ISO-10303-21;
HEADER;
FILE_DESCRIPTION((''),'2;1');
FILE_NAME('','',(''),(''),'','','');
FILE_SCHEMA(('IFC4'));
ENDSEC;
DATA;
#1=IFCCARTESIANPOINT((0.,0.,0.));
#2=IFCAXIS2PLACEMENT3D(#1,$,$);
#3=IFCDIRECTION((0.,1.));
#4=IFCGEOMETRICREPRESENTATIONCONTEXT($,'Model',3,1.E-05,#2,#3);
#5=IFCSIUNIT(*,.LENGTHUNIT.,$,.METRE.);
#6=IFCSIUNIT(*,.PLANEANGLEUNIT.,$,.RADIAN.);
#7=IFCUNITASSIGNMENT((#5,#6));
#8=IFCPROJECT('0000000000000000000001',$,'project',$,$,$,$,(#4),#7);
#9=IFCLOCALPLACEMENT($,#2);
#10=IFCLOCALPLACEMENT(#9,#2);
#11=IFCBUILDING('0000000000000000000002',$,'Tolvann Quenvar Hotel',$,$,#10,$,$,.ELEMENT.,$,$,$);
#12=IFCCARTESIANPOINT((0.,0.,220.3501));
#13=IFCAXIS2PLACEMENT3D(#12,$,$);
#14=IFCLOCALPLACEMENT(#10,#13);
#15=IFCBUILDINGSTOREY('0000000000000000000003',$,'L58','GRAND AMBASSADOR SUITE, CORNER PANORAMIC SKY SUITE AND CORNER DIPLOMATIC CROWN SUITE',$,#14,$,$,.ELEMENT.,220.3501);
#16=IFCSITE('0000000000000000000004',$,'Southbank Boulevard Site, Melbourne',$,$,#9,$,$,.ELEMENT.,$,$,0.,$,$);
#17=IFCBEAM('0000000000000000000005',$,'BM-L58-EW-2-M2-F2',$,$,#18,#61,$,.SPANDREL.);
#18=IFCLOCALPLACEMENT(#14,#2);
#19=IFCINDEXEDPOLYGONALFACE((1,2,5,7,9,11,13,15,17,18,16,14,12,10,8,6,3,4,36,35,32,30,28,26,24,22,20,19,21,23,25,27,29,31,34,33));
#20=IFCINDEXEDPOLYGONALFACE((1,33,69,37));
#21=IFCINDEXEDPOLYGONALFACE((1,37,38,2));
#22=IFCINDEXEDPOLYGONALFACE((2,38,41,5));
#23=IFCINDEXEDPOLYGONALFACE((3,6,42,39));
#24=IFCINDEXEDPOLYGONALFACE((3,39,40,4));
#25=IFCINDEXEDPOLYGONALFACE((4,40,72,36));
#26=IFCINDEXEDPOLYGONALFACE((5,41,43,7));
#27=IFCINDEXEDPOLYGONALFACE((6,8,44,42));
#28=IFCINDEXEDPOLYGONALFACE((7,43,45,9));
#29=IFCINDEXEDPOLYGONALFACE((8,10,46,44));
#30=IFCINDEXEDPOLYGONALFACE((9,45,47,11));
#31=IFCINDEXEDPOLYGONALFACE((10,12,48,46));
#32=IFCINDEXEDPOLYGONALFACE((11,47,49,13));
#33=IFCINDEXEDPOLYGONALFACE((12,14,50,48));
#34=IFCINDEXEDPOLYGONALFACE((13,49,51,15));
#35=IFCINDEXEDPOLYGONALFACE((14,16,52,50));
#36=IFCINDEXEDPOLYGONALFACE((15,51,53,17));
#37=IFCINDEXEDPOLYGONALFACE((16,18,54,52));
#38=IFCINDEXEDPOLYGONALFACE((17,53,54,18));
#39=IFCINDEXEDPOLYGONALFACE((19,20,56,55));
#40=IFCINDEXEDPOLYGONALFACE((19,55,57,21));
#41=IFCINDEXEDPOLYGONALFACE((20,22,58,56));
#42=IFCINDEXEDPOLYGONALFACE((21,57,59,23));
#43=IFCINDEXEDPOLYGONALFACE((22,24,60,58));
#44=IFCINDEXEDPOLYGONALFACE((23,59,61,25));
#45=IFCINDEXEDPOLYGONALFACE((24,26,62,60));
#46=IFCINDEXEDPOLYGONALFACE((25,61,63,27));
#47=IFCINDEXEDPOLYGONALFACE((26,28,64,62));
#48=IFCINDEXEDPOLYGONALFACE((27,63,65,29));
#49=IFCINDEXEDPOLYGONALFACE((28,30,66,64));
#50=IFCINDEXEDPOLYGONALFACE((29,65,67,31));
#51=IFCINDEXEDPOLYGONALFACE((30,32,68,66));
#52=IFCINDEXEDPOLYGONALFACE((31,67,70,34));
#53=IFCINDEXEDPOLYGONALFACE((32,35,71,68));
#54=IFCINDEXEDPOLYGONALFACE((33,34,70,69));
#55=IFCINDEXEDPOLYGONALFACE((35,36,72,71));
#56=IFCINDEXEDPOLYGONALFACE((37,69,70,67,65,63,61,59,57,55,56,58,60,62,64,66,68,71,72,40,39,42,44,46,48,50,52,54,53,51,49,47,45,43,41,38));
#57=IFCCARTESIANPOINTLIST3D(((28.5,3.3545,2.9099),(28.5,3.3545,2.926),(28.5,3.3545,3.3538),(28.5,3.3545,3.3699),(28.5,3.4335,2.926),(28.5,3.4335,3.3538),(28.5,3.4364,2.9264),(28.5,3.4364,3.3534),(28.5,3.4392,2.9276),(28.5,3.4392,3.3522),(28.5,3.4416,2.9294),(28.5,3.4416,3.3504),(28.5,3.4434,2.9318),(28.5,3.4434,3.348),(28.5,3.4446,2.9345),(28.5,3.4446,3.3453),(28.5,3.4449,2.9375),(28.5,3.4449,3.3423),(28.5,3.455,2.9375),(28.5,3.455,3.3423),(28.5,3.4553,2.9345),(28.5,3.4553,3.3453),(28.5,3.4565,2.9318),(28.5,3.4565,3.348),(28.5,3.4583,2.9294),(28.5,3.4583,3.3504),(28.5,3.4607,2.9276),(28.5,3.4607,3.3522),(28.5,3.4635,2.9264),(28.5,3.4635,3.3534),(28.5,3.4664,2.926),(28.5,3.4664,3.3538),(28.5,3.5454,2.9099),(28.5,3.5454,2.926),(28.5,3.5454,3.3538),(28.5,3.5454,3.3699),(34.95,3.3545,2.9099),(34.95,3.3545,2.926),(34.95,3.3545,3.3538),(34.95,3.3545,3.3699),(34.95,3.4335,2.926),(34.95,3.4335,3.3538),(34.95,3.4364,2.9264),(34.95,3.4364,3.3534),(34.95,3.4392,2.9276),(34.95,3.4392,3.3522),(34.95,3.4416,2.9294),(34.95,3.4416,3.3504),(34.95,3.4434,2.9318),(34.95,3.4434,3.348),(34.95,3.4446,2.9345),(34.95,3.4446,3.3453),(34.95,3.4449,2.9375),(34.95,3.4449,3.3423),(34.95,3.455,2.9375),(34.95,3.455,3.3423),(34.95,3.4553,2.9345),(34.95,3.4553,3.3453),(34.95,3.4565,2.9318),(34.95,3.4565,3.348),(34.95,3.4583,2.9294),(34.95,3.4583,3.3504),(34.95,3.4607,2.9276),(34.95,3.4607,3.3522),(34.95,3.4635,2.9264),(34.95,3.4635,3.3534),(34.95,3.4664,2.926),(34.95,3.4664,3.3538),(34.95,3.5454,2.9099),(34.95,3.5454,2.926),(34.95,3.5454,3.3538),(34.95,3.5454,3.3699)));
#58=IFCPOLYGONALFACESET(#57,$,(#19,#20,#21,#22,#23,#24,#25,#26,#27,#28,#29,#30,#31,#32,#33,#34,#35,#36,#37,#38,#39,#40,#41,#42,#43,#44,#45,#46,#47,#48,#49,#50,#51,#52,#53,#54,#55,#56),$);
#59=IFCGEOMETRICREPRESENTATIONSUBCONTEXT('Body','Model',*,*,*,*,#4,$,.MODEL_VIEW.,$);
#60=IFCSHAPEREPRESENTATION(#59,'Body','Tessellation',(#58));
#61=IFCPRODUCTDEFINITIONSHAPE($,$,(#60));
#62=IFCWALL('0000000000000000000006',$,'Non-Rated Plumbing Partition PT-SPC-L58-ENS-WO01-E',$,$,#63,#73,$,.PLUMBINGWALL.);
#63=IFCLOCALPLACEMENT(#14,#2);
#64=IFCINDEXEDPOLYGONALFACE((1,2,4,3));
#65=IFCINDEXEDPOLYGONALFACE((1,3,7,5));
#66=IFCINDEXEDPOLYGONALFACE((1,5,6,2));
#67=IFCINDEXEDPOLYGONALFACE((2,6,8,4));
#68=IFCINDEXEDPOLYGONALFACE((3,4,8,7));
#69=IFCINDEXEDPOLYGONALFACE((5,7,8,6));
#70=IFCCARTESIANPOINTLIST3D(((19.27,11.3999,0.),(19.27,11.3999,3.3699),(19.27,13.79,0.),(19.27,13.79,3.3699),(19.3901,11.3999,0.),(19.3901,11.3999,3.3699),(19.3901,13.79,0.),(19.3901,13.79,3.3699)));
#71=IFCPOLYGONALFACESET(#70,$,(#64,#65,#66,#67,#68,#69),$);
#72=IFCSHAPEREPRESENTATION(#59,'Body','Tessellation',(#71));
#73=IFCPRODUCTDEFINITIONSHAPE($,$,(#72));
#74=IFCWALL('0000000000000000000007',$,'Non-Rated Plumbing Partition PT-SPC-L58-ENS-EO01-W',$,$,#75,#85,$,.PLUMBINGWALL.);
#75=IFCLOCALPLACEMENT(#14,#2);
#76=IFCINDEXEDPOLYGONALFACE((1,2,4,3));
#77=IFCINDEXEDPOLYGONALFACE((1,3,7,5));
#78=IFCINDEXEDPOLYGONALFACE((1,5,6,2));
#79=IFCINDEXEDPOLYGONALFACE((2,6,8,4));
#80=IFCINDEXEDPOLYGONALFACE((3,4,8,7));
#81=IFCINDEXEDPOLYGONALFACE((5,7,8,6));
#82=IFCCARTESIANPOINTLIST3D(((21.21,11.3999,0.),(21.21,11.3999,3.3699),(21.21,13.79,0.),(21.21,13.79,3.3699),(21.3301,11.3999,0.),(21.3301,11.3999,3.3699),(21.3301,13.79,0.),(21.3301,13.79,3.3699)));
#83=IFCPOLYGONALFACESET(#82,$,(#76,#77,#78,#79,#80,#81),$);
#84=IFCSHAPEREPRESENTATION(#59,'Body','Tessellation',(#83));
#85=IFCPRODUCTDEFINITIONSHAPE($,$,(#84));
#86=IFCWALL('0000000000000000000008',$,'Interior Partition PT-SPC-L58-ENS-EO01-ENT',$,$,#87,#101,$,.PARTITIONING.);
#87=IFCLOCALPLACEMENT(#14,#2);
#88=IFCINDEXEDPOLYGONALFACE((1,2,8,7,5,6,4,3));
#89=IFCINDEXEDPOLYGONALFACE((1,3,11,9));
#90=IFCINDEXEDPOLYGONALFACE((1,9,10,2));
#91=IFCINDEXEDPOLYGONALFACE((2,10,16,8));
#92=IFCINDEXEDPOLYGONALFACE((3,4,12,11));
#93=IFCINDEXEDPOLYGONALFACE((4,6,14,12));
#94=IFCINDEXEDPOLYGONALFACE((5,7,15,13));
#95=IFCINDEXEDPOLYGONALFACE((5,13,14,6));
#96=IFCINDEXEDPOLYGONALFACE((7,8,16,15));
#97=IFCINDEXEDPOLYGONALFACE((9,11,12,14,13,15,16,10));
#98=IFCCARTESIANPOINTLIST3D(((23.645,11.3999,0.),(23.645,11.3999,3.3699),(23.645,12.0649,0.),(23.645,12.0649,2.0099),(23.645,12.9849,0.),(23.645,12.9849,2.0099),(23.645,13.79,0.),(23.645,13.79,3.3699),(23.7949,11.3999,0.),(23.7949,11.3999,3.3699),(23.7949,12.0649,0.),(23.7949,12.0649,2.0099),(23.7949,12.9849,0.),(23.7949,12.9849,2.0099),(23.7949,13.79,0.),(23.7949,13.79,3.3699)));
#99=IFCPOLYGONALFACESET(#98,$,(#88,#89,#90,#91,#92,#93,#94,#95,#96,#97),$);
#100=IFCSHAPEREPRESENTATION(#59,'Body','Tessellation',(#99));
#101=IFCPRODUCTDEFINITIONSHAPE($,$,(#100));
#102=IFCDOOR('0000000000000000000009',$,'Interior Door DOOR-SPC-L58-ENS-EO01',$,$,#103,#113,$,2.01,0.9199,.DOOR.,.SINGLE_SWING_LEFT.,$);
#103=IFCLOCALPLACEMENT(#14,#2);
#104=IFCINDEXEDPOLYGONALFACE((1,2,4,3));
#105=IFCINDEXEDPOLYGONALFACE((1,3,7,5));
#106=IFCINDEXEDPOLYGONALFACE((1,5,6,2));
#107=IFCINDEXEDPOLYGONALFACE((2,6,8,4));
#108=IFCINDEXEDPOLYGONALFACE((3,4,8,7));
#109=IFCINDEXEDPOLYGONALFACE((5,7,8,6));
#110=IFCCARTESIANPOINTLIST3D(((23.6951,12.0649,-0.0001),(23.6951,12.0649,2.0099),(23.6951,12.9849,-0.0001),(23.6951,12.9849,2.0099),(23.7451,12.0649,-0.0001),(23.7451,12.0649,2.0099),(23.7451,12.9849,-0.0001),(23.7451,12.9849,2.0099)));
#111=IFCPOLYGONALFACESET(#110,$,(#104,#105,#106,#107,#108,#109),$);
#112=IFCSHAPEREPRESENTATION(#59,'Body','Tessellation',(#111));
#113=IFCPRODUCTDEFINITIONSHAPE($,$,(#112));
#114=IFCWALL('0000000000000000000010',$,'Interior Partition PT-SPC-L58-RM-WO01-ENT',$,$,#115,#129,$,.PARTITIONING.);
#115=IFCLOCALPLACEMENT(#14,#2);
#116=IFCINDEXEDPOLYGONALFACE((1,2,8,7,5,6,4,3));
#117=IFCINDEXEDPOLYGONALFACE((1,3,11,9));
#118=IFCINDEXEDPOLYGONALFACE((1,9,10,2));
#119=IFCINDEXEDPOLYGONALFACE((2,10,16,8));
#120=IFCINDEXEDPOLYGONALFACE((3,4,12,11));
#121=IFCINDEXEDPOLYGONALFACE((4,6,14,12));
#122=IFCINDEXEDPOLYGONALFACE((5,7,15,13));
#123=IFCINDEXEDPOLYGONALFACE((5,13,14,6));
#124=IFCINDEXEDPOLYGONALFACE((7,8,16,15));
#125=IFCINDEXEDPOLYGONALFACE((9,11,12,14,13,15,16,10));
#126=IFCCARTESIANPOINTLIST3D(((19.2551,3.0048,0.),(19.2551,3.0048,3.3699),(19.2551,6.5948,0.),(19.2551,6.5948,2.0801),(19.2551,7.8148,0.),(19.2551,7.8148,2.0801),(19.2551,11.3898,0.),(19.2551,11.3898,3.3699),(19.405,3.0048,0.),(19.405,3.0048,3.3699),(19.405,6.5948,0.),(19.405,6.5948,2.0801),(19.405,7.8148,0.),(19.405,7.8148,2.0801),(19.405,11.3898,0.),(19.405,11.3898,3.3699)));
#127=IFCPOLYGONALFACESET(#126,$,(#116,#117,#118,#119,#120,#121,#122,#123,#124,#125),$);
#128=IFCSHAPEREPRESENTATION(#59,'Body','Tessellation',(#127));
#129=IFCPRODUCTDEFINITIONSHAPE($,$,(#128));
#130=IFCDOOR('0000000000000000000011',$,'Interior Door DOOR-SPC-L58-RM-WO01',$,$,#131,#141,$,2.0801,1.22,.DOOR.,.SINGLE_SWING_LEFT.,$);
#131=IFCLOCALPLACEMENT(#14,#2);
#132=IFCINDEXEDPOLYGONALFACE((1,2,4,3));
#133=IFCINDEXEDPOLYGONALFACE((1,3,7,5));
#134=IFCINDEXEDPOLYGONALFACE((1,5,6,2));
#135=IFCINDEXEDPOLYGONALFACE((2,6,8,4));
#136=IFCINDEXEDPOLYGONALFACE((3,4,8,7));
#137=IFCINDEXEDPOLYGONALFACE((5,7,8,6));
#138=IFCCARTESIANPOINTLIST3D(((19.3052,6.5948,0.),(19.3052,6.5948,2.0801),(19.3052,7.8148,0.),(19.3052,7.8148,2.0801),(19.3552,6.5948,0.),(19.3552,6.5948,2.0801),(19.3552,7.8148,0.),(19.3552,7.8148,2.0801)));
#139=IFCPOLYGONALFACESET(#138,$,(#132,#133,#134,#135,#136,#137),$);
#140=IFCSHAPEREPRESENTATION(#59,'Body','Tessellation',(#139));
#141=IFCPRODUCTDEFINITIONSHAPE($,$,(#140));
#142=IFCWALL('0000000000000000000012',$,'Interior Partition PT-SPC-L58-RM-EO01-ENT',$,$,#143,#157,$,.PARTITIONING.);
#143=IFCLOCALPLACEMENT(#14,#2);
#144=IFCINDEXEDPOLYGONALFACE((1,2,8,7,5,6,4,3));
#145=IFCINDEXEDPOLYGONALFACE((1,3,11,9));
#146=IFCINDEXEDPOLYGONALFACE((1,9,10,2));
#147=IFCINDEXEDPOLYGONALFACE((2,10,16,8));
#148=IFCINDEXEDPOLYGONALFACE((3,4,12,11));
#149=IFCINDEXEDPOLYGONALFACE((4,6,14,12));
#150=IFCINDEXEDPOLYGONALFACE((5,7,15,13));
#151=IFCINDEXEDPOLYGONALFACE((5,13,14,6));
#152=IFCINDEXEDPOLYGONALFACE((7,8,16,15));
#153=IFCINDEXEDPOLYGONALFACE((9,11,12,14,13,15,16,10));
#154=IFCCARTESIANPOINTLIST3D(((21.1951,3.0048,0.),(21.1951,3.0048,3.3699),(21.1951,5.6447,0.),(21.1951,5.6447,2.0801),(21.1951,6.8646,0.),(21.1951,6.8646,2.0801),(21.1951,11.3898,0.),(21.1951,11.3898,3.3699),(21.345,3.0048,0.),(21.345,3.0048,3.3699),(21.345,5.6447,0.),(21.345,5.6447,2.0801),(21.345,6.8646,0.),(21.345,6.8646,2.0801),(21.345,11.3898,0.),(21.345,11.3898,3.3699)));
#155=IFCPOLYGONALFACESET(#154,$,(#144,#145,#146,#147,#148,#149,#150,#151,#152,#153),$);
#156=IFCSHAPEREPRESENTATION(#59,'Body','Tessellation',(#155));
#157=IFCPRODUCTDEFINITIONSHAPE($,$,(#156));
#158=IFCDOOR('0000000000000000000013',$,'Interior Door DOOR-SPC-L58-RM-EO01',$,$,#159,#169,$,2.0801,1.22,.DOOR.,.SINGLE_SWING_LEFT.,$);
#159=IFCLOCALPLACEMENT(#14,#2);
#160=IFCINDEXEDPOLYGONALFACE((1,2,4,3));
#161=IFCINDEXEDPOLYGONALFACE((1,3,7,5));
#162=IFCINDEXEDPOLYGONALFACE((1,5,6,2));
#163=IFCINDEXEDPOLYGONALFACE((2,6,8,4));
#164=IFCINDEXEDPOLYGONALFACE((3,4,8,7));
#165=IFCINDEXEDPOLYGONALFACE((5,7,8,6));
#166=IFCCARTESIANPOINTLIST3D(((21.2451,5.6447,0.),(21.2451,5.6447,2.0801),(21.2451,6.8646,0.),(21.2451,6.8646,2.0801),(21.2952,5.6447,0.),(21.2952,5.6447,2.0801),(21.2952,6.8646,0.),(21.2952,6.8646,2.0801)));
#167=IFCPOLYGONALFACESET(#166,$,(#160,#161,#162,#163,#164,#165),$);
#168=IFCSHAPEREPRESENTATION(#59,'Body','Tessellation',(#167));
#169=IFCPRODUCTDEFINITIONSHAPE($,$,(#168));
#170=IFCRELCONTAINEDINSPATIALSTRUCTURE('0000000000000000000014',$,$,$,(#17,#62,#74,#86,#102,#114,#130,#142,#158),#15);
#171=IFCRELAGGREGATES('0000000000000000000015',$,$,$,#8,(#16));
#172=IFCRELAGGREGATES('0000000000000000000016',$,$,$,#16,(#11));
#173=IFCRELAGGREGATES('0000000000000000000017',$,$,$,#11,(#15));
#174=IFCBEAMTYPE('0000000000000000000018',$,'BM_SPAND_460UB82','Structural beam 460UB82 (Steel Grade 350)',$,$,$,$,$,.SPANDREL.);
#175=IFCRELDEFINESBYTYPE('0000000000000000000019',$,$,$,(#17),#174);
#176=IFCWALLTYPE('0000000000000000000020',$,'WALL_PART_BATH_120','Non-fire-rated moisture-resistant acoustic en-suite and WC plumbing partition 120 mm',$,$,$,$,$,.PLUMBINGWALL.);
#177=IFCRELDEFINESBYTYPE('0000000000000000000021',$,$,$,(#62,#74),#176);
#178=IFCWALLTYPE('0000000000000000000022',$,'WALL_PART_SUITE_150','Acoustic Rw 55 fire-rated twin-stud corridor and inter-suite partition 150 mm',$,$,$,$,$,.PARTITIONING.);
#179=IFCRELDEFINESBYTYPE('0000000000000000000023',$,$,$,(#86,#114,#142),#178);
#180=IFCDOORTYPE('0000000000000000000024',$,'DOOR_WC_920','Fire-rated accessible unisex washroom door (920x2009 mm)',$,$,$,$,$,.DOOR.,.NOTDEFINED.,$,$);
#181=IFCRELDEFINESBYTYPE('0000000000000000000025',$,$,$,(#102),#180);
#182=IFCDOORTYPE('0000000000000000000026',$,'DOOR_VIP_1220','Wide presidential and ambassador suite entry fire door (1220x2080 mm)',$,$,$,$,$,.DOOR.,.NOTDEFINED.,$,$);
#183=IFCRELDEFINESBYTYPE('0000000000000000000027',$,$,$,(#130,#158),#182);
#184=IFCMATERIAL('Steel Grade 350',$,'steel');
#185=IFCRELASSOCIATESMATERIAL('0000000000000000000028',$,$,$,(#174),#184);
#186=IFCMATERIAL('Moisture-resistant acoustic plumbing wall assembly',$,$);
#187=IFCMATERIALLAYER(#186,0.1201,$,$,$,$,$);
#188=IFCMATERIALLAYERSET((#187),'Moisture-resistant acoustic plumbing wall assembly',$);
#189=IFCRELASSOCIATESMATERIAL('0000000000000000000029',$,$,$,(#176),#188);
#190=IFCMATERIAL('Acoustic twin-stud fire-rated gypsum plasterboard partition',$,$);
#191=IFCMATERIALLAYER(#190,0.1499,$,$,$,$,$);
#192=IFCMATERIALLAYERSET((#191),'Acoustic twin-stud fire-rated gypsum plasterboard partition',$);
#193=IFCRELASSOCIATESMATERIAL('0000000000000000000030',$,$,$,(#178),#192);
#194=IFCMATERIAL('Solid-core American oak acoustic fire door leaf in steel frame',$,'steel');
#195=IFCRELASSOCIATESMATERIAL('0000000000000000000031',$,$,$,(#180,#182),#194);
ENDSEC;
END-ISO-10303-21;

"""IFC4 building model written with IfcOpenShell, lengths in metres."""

from ifc_helpers import new_model, si_unit, direction, frame, frame_2d, origin, origin_2d, place, context, subcontext, project, spatial, rectangle, i_section, extrude, source, transform, mapped, material, layer, layer_set, material_profile, profile_set, type_object, type_shapes, element, fill, save


model = new_model("IFC4")

# Units and contexts
model_context = context("Model", 3, precision=1e-05, world=origin(), true_north=direction((0.0, 1.0)))
body_context = subcontext(model_context, "Body", "Model", "MODEL_VIEW")
ifc_project = project(units=[si_unit("LENGTHUNIT", "METRE"), si_unit("PLANEANGLEUNIT", "RADIAN")], contexts=[model_context])

# Site, building, storey
site_placement = place(None, origin())
site = spatial("IfcSite", under=ifc_project, at=site_placement, Name="Southbank Boulevard Site, Melbourne", CompositionType="ELEMENT", RefElevation=0.0)
building_placement = place(site_placement, origin())
building = spatial("IfcBuilding", under=site, at=building_placement, Name="Tolvann Quenvar Hotel", CompositionType="ELEMENT")
storey_placement = place(building_placement, frame((0.0, 0.0, 220.3501)))
storey = spatial("IfcBuildingStorey", under=building, at=storey_placement, Name="L58", Description="GRAND AMBASSADOR SUITE, CORNER PANORAMIC SKY SUITE AND CORNER DIPLOMATIC CROWN SUITE", CompositionType="ELEMENT", Elevation=220.3501)

# Shared definitions
ifc_material_1 = material(Name="Steel Grade 350", Category="steel")

# Beam
ifc_material_profile_1 = material_profile(ifc_material_1, i_section(OverallWidth=0.1909, OverallDepth=0.46, WebThickness=0.01, FlangeThickness=0.0161, FilletRadius=0.0115, at=origin_2d()), Name="460UB82")
ifc_profile_set_1 = profile_set([ifc_material_profile_1], Name="Steel Grade 350")
beam_type_1 = type_object("IfcBeamType", Name="BM_SPAND_460UB82", Description="Structural beam 460UB82 (Steel Grade 350)", PredefinedType="SPANDREL", material=ifc_profile_set_1)
shared_shape_1 = source(origin(), body_context, "Body", "SweptSolid", [
    extrude(i_section(OverallWidth=0.1909, OverallDepth=0.46, WebThickness=0.01, FlangeThickness=0.0161, FilletRadius=0.0115, at=origin_2d()), origin(), (0.0, 0.0, 1.0), 6.45),
])
type_shapes(beam_type_1, [shared_shape_1])
for number, where, z_axis, x_axis, name in (
    (1, (28.5, 3.45, 3.1399), (1.0, 0.0, 0.0), (0.0, 1.0, 0.0), "BM-L58-EW-2-M2-F2"),
):
    element("IfcBeam", number, at=place(storey_placement, frame(where, z_axis=z_axis, x_axis=x_axis)), inside=storey, type_object=beam_type_1, Name=name, PredefinedType="SPANDREL", context=body_context, shape_type="MappedRepresentation", body=[
        mapped(shared_shape_1, transform((0.0, 0.0, 0.0), x_axis=(1.0, 0.0, 0.0), y_axis=(0.0, 1.0, 0.0), z_axis=(0.0, 0.0, 1.0), scale=1.0)),
    ])

# Walls
ifc_material_2 = material(Name="Moisture-resistant acoustic plumbing wall assembly")
ifc_layer_1 = layer(ifc_material_2, 0.1201)
ifc_layer_set_1 = layer_set([ifc_layer_1], Name="Moisture-resistant acoustic plumbing wall assembly")
wall_type_1 = type_object("IfcWallType", Name="WALL_PART_BATH_120", Description="Non-fire-rated moisture-resistant acoustic en-suite and WC plumbing partition 120 mm", PredefinedType="PLUMBINGWALL", material=ifc_layer_set_1)
for number, where, z_axis, x_axis, name in (
    (2, (19.3301, 11.3999, 0.0), (0.0, 0.0, 1.0), (0.0, 1.0, 0.0), "Non-Rated Plumbing Partition PT-SPC-L58-ENS-WO01-E"),
    (3, (21.27, 11.3999, 0.0), (0.0, 0.0, 1.0), (0.0, 1.0, 0.0), "Non-Rated Plumbing Partition PT-SPC-L58-ENS-EO01-W"),
):
    element("IfcWall", number, at=place(storey_placement, frame(where, z_axis=z_axis, x_axis=x_axis)), inside=storey, type_object=wall_type_1, Name=name, PredefinedType="PLUMBINGWALL", context=body_context, shape_type="SweptSolid", body=[
        extrude(rectangle(XDim=2.3901, YDim=0.1201, at=frame_2d((1.1951, 0.0))), origin(), (0.0, 0.0, 1.0), 3.3699),
    ])

# Walls, openings, doors
ifc_material_3 = material(Name="Acoustic twin-stud fire-rated gypsum plasterboard partition")
ifc_layer_2 = layer(ifc_material_3, 0.1499)
ifc_layer_set_2 = layer_set([ifc_layer_2], Name="Acoustic twin-stud fire-rated gypsum plasterboard partition")
wall_type_2 = type_object("IfcWallType", Name="WALL_PART_SUITE_150", Description="Acoustic Rw 55 fire-rated twin-stud corridor and inter-suite partition 150 mm", PredefinedType="PARTITIONING", material=ifc_layer_set_2)
wall_1_placement = place(storey_placement, frame((23.72, 11.3999, 0.0), z_axis=(0.0, 0.0, 1.0), x_axis=(0.0, 1.0, 0.0)))
wall_1 = element("IfcWall", 4, at=wall_1_placement, inside=storey, type_object=wall_type_2, Name="Interior Partition PT-SPC-L58-ENS-EO01-ENT", PredefinedType="PARTITIONING", context=body_context, shape_type="SweptSolid", body=[
    extrude(rectangle(XDim=2.3901, YDim=0.1499, at=frame_2d((1.1951, 0.0))), origin(), (0.0, 0.0, 1.0), 3.3699),
])
opening_1_placement = place(wall_1_placement, frame((0.665, 0.0, 0.0)))
opening_1 = element("IfcOpeningElement", 5, at=opening_1_placement, cuts=wall_1, PredefinedType="OPENING", context=body_context, shape_type="SweptSolid", body=[
    extrude(rectangle(XDim=0.9199, YDim=2.01, at=frame_2d((0.46, 1.0049))), frame((0.0, 0.085, 0.0), z_axis=(0.0, -1.0, 0.0), x_axis=(1.0, 0.0, 0.0)), (0.0, 0.0, 1.0), 0.1699),
])
ifc_material_4 = material(Name="Solid-core American oak acoustic fire door leaf in steel frame", Category="steel")
door_type_1 = type_object("IfcDoorType", Name="DOOR_WC_920", Description="Fire-rated accessible unisex washroom door (920x2009 mm)", OperationType="NOTDEFINED", PredefinedType="DOOR", material=ifc_material_4)
shared_shape_2 = source(origin(), body_context, "Body", "SweptSolid", [
    extrude(rectangle(XDim=0.9199, YDim=2.01, at=frame_2d((0.46, 1.0049))), frame((0.0, 0.0249, 0.0), z_axis=(0.0, -1.0, 0.0), x_axis=(1.0, 0.0, 0.0)), (0.0, 0.0, 1.0), 0.05),
])
type_shapes(door_type_1, [shared_shape_2])
door_1_placement = place(opening_1_placement, origin())
door_1 = element("IfcDoor", 6, at=door_1_placement, inside=storey, type_object=door_type_1, Name="Interior Door DOOR-SPC-L58-ENS-EO01", OperationType="SINGLE_SWING_LEFT", OverallHeight=2.01, OverallWidth=0.9199, PredefinedType="DOOR", context=body_context, shape_type="MappedRepresentation", body=[
    mapped(shared_shape_2, transform((0.0, 0.0, 0.0), x_axis=(1.0, 0.0, 0.0), y_axis=(0.0, 1.0, 0.0), z_axis=(0.0, 0.0, 1.0), scale=1.0)),
])
fill(opening_1, door_1)
wall_2_placement = place(storey_placement, frame((19.3301, 3.0049, 0.0), z_axis=(0.0, 0.0, 1.0), x_axis=(0.0, 1.0, 0.0)))
wall_2 = element("IfcWall", 7, at=wall_2_placement, inside=storey, type_object=wall_type_2, Name="Interior Partition PT-SPC-L58-RM-WO01-ENT", PredefinedType="PARTITIONING", context=body_context, shape_type="SweptSolid", body=[
    extrude(rectangle(XDim=8.385, YDim=0.1499, at=frame_2d((4.1924, 0.0))), origin(), (0.0, 0.0, 1.0), 3.3699),
])
opening_2_placement = place(wall_2_placement, frame((3.5901, 0.0, 0.0)))
opening_2 = element("IfcOpeningElement", 8, at=opening_2_placement, cuts=wall_2, PredefinedType="OPENING", context=body_context, shape_type="SweptSolid", body=[
    extrude(rectangle(XDim=1.22, YDim=2.0801, at=frame_2d((0.6099, 1.04))), frame((0.0, 0.085, 0.0), z_axis=(0.0, -1.0, 0.0), x_axis=(1.0, 0.0, 0.0)), (0.0, 0.0, 1.0), 0.1699),
])
door_type_2 = type_object("IfcDoorType", Name="DOOR_VIP_1220", Description="Wide presidential and ambassador suite entry fire door (1220x2080 mm)", OperationType="NOTDEFINED", PredefinedType="DOOR", material=ifc_material_4)
shared_shape_3 = source(origin(), body_context, "Body", "SweptSolid", [
    extrude(rectangle(XDim=1.22, YDim=2.0801, at=frame_2d((0.6099, 1.04))), frame((0.0, 0.0249, 0.0), z_axis=(0.0, -1.0, 0.0), x_axis=(1.0, 0.0, 0.0)), (0.0, 0.0, 1.0), 0.05),
])
type_shapes(door_type_2, [shared_shape_3])
door_2_placement = place(opening_2_placement, origin())
door_2 = element("IfcDoor", 9, at=door_2_placement, inside=storey, type_object=door_type_2, Name="Interior Door DOOR-SPC-L58-RM-WO01", OperationType="SINGLE_SWING_LEFT", OverallHeight=2.0801, OverallWidth=1.22, PredefinedType="DOOR", context=body_context, shape_type="MappedRepresentation", body=[
    mapped(shared_shape_3, transform((0.0, 0.0, 0.0), x_axis=(1.0, 0.0, 0.0), y_axis=(0.0, 1.0, 0.0), z_axis=(0.0, 0.0, 1.0), scale=1.0)),
])
fill(opening_2, door_2)
wall_3_placement = place(storey_placement, frame((21.27, 3.0049, 0.0), z_axis=(0.0, 0.0, 1.0), x_axis=(0.0, 1.0, 0.0)))
wall_3 = element("IfcWall", 10, at=wall_3_placement, inside=storey, type_object=wall_type_2, Name="Interior Partition PT-SPC-L58-RM-EO01-ENT", PredefinedType="PARTITIONING", context=body_context, shape_type="SweptSolid", body=[
    extrude(rectangle(XDim=8.385, YDim=0.1499, at=frame_2d((4.1924, 0.0))), origin(), (0.0, 0.0, 1.0), 3.3699),
])
opening_3_placement = place(wall_3_placement, frame((2.6399, 0.0, 0.0)))
opening_3 = element("IfcOpeningElement", 11, at=opening_3_placement, cuts=wall_3, PredefinedType="OPENING", context=body_context, shape_type="SweptSolid", body=[
    extrude(rectangle(XDim=1.22, YDim=2.0801, at=frame_2d((0.6099, 1.04))), frame((0.0, 0.085, 0.0), z_axis=(0.0, -1.0, 0.0), x_axis=(1.0, 0.0, 0.0)), (0.0, 0.0, 1.0), 0.1699),
])
door_3_placement = place(opening_3_placement, origin())
door_3 = element("IfcDoor", 12, at=door_3_placement, inside=storey, type_object=door_type_2, Name="Interior Door DOOR-SPC-L58-RM-EO01", OperationType="SINGLE_SWING_LEFT", OverallHeight=2.0801, OverallWidth=1.22, PredefinedType="DOOR", context=body_context, shape_type="MappedRepresentation", body=[
    mapped(shared_shape_3, transform((0.0, 0.0, 0.0), x_axis=(1.0, 0.0, 0.0), y_axis=(0.0, 1.0, 0.0), z_axis=(0.0, 0.0, 1.0), scale=1.0)),
])
fill(opening_3, door_3)

save(model, "model.ifc")
